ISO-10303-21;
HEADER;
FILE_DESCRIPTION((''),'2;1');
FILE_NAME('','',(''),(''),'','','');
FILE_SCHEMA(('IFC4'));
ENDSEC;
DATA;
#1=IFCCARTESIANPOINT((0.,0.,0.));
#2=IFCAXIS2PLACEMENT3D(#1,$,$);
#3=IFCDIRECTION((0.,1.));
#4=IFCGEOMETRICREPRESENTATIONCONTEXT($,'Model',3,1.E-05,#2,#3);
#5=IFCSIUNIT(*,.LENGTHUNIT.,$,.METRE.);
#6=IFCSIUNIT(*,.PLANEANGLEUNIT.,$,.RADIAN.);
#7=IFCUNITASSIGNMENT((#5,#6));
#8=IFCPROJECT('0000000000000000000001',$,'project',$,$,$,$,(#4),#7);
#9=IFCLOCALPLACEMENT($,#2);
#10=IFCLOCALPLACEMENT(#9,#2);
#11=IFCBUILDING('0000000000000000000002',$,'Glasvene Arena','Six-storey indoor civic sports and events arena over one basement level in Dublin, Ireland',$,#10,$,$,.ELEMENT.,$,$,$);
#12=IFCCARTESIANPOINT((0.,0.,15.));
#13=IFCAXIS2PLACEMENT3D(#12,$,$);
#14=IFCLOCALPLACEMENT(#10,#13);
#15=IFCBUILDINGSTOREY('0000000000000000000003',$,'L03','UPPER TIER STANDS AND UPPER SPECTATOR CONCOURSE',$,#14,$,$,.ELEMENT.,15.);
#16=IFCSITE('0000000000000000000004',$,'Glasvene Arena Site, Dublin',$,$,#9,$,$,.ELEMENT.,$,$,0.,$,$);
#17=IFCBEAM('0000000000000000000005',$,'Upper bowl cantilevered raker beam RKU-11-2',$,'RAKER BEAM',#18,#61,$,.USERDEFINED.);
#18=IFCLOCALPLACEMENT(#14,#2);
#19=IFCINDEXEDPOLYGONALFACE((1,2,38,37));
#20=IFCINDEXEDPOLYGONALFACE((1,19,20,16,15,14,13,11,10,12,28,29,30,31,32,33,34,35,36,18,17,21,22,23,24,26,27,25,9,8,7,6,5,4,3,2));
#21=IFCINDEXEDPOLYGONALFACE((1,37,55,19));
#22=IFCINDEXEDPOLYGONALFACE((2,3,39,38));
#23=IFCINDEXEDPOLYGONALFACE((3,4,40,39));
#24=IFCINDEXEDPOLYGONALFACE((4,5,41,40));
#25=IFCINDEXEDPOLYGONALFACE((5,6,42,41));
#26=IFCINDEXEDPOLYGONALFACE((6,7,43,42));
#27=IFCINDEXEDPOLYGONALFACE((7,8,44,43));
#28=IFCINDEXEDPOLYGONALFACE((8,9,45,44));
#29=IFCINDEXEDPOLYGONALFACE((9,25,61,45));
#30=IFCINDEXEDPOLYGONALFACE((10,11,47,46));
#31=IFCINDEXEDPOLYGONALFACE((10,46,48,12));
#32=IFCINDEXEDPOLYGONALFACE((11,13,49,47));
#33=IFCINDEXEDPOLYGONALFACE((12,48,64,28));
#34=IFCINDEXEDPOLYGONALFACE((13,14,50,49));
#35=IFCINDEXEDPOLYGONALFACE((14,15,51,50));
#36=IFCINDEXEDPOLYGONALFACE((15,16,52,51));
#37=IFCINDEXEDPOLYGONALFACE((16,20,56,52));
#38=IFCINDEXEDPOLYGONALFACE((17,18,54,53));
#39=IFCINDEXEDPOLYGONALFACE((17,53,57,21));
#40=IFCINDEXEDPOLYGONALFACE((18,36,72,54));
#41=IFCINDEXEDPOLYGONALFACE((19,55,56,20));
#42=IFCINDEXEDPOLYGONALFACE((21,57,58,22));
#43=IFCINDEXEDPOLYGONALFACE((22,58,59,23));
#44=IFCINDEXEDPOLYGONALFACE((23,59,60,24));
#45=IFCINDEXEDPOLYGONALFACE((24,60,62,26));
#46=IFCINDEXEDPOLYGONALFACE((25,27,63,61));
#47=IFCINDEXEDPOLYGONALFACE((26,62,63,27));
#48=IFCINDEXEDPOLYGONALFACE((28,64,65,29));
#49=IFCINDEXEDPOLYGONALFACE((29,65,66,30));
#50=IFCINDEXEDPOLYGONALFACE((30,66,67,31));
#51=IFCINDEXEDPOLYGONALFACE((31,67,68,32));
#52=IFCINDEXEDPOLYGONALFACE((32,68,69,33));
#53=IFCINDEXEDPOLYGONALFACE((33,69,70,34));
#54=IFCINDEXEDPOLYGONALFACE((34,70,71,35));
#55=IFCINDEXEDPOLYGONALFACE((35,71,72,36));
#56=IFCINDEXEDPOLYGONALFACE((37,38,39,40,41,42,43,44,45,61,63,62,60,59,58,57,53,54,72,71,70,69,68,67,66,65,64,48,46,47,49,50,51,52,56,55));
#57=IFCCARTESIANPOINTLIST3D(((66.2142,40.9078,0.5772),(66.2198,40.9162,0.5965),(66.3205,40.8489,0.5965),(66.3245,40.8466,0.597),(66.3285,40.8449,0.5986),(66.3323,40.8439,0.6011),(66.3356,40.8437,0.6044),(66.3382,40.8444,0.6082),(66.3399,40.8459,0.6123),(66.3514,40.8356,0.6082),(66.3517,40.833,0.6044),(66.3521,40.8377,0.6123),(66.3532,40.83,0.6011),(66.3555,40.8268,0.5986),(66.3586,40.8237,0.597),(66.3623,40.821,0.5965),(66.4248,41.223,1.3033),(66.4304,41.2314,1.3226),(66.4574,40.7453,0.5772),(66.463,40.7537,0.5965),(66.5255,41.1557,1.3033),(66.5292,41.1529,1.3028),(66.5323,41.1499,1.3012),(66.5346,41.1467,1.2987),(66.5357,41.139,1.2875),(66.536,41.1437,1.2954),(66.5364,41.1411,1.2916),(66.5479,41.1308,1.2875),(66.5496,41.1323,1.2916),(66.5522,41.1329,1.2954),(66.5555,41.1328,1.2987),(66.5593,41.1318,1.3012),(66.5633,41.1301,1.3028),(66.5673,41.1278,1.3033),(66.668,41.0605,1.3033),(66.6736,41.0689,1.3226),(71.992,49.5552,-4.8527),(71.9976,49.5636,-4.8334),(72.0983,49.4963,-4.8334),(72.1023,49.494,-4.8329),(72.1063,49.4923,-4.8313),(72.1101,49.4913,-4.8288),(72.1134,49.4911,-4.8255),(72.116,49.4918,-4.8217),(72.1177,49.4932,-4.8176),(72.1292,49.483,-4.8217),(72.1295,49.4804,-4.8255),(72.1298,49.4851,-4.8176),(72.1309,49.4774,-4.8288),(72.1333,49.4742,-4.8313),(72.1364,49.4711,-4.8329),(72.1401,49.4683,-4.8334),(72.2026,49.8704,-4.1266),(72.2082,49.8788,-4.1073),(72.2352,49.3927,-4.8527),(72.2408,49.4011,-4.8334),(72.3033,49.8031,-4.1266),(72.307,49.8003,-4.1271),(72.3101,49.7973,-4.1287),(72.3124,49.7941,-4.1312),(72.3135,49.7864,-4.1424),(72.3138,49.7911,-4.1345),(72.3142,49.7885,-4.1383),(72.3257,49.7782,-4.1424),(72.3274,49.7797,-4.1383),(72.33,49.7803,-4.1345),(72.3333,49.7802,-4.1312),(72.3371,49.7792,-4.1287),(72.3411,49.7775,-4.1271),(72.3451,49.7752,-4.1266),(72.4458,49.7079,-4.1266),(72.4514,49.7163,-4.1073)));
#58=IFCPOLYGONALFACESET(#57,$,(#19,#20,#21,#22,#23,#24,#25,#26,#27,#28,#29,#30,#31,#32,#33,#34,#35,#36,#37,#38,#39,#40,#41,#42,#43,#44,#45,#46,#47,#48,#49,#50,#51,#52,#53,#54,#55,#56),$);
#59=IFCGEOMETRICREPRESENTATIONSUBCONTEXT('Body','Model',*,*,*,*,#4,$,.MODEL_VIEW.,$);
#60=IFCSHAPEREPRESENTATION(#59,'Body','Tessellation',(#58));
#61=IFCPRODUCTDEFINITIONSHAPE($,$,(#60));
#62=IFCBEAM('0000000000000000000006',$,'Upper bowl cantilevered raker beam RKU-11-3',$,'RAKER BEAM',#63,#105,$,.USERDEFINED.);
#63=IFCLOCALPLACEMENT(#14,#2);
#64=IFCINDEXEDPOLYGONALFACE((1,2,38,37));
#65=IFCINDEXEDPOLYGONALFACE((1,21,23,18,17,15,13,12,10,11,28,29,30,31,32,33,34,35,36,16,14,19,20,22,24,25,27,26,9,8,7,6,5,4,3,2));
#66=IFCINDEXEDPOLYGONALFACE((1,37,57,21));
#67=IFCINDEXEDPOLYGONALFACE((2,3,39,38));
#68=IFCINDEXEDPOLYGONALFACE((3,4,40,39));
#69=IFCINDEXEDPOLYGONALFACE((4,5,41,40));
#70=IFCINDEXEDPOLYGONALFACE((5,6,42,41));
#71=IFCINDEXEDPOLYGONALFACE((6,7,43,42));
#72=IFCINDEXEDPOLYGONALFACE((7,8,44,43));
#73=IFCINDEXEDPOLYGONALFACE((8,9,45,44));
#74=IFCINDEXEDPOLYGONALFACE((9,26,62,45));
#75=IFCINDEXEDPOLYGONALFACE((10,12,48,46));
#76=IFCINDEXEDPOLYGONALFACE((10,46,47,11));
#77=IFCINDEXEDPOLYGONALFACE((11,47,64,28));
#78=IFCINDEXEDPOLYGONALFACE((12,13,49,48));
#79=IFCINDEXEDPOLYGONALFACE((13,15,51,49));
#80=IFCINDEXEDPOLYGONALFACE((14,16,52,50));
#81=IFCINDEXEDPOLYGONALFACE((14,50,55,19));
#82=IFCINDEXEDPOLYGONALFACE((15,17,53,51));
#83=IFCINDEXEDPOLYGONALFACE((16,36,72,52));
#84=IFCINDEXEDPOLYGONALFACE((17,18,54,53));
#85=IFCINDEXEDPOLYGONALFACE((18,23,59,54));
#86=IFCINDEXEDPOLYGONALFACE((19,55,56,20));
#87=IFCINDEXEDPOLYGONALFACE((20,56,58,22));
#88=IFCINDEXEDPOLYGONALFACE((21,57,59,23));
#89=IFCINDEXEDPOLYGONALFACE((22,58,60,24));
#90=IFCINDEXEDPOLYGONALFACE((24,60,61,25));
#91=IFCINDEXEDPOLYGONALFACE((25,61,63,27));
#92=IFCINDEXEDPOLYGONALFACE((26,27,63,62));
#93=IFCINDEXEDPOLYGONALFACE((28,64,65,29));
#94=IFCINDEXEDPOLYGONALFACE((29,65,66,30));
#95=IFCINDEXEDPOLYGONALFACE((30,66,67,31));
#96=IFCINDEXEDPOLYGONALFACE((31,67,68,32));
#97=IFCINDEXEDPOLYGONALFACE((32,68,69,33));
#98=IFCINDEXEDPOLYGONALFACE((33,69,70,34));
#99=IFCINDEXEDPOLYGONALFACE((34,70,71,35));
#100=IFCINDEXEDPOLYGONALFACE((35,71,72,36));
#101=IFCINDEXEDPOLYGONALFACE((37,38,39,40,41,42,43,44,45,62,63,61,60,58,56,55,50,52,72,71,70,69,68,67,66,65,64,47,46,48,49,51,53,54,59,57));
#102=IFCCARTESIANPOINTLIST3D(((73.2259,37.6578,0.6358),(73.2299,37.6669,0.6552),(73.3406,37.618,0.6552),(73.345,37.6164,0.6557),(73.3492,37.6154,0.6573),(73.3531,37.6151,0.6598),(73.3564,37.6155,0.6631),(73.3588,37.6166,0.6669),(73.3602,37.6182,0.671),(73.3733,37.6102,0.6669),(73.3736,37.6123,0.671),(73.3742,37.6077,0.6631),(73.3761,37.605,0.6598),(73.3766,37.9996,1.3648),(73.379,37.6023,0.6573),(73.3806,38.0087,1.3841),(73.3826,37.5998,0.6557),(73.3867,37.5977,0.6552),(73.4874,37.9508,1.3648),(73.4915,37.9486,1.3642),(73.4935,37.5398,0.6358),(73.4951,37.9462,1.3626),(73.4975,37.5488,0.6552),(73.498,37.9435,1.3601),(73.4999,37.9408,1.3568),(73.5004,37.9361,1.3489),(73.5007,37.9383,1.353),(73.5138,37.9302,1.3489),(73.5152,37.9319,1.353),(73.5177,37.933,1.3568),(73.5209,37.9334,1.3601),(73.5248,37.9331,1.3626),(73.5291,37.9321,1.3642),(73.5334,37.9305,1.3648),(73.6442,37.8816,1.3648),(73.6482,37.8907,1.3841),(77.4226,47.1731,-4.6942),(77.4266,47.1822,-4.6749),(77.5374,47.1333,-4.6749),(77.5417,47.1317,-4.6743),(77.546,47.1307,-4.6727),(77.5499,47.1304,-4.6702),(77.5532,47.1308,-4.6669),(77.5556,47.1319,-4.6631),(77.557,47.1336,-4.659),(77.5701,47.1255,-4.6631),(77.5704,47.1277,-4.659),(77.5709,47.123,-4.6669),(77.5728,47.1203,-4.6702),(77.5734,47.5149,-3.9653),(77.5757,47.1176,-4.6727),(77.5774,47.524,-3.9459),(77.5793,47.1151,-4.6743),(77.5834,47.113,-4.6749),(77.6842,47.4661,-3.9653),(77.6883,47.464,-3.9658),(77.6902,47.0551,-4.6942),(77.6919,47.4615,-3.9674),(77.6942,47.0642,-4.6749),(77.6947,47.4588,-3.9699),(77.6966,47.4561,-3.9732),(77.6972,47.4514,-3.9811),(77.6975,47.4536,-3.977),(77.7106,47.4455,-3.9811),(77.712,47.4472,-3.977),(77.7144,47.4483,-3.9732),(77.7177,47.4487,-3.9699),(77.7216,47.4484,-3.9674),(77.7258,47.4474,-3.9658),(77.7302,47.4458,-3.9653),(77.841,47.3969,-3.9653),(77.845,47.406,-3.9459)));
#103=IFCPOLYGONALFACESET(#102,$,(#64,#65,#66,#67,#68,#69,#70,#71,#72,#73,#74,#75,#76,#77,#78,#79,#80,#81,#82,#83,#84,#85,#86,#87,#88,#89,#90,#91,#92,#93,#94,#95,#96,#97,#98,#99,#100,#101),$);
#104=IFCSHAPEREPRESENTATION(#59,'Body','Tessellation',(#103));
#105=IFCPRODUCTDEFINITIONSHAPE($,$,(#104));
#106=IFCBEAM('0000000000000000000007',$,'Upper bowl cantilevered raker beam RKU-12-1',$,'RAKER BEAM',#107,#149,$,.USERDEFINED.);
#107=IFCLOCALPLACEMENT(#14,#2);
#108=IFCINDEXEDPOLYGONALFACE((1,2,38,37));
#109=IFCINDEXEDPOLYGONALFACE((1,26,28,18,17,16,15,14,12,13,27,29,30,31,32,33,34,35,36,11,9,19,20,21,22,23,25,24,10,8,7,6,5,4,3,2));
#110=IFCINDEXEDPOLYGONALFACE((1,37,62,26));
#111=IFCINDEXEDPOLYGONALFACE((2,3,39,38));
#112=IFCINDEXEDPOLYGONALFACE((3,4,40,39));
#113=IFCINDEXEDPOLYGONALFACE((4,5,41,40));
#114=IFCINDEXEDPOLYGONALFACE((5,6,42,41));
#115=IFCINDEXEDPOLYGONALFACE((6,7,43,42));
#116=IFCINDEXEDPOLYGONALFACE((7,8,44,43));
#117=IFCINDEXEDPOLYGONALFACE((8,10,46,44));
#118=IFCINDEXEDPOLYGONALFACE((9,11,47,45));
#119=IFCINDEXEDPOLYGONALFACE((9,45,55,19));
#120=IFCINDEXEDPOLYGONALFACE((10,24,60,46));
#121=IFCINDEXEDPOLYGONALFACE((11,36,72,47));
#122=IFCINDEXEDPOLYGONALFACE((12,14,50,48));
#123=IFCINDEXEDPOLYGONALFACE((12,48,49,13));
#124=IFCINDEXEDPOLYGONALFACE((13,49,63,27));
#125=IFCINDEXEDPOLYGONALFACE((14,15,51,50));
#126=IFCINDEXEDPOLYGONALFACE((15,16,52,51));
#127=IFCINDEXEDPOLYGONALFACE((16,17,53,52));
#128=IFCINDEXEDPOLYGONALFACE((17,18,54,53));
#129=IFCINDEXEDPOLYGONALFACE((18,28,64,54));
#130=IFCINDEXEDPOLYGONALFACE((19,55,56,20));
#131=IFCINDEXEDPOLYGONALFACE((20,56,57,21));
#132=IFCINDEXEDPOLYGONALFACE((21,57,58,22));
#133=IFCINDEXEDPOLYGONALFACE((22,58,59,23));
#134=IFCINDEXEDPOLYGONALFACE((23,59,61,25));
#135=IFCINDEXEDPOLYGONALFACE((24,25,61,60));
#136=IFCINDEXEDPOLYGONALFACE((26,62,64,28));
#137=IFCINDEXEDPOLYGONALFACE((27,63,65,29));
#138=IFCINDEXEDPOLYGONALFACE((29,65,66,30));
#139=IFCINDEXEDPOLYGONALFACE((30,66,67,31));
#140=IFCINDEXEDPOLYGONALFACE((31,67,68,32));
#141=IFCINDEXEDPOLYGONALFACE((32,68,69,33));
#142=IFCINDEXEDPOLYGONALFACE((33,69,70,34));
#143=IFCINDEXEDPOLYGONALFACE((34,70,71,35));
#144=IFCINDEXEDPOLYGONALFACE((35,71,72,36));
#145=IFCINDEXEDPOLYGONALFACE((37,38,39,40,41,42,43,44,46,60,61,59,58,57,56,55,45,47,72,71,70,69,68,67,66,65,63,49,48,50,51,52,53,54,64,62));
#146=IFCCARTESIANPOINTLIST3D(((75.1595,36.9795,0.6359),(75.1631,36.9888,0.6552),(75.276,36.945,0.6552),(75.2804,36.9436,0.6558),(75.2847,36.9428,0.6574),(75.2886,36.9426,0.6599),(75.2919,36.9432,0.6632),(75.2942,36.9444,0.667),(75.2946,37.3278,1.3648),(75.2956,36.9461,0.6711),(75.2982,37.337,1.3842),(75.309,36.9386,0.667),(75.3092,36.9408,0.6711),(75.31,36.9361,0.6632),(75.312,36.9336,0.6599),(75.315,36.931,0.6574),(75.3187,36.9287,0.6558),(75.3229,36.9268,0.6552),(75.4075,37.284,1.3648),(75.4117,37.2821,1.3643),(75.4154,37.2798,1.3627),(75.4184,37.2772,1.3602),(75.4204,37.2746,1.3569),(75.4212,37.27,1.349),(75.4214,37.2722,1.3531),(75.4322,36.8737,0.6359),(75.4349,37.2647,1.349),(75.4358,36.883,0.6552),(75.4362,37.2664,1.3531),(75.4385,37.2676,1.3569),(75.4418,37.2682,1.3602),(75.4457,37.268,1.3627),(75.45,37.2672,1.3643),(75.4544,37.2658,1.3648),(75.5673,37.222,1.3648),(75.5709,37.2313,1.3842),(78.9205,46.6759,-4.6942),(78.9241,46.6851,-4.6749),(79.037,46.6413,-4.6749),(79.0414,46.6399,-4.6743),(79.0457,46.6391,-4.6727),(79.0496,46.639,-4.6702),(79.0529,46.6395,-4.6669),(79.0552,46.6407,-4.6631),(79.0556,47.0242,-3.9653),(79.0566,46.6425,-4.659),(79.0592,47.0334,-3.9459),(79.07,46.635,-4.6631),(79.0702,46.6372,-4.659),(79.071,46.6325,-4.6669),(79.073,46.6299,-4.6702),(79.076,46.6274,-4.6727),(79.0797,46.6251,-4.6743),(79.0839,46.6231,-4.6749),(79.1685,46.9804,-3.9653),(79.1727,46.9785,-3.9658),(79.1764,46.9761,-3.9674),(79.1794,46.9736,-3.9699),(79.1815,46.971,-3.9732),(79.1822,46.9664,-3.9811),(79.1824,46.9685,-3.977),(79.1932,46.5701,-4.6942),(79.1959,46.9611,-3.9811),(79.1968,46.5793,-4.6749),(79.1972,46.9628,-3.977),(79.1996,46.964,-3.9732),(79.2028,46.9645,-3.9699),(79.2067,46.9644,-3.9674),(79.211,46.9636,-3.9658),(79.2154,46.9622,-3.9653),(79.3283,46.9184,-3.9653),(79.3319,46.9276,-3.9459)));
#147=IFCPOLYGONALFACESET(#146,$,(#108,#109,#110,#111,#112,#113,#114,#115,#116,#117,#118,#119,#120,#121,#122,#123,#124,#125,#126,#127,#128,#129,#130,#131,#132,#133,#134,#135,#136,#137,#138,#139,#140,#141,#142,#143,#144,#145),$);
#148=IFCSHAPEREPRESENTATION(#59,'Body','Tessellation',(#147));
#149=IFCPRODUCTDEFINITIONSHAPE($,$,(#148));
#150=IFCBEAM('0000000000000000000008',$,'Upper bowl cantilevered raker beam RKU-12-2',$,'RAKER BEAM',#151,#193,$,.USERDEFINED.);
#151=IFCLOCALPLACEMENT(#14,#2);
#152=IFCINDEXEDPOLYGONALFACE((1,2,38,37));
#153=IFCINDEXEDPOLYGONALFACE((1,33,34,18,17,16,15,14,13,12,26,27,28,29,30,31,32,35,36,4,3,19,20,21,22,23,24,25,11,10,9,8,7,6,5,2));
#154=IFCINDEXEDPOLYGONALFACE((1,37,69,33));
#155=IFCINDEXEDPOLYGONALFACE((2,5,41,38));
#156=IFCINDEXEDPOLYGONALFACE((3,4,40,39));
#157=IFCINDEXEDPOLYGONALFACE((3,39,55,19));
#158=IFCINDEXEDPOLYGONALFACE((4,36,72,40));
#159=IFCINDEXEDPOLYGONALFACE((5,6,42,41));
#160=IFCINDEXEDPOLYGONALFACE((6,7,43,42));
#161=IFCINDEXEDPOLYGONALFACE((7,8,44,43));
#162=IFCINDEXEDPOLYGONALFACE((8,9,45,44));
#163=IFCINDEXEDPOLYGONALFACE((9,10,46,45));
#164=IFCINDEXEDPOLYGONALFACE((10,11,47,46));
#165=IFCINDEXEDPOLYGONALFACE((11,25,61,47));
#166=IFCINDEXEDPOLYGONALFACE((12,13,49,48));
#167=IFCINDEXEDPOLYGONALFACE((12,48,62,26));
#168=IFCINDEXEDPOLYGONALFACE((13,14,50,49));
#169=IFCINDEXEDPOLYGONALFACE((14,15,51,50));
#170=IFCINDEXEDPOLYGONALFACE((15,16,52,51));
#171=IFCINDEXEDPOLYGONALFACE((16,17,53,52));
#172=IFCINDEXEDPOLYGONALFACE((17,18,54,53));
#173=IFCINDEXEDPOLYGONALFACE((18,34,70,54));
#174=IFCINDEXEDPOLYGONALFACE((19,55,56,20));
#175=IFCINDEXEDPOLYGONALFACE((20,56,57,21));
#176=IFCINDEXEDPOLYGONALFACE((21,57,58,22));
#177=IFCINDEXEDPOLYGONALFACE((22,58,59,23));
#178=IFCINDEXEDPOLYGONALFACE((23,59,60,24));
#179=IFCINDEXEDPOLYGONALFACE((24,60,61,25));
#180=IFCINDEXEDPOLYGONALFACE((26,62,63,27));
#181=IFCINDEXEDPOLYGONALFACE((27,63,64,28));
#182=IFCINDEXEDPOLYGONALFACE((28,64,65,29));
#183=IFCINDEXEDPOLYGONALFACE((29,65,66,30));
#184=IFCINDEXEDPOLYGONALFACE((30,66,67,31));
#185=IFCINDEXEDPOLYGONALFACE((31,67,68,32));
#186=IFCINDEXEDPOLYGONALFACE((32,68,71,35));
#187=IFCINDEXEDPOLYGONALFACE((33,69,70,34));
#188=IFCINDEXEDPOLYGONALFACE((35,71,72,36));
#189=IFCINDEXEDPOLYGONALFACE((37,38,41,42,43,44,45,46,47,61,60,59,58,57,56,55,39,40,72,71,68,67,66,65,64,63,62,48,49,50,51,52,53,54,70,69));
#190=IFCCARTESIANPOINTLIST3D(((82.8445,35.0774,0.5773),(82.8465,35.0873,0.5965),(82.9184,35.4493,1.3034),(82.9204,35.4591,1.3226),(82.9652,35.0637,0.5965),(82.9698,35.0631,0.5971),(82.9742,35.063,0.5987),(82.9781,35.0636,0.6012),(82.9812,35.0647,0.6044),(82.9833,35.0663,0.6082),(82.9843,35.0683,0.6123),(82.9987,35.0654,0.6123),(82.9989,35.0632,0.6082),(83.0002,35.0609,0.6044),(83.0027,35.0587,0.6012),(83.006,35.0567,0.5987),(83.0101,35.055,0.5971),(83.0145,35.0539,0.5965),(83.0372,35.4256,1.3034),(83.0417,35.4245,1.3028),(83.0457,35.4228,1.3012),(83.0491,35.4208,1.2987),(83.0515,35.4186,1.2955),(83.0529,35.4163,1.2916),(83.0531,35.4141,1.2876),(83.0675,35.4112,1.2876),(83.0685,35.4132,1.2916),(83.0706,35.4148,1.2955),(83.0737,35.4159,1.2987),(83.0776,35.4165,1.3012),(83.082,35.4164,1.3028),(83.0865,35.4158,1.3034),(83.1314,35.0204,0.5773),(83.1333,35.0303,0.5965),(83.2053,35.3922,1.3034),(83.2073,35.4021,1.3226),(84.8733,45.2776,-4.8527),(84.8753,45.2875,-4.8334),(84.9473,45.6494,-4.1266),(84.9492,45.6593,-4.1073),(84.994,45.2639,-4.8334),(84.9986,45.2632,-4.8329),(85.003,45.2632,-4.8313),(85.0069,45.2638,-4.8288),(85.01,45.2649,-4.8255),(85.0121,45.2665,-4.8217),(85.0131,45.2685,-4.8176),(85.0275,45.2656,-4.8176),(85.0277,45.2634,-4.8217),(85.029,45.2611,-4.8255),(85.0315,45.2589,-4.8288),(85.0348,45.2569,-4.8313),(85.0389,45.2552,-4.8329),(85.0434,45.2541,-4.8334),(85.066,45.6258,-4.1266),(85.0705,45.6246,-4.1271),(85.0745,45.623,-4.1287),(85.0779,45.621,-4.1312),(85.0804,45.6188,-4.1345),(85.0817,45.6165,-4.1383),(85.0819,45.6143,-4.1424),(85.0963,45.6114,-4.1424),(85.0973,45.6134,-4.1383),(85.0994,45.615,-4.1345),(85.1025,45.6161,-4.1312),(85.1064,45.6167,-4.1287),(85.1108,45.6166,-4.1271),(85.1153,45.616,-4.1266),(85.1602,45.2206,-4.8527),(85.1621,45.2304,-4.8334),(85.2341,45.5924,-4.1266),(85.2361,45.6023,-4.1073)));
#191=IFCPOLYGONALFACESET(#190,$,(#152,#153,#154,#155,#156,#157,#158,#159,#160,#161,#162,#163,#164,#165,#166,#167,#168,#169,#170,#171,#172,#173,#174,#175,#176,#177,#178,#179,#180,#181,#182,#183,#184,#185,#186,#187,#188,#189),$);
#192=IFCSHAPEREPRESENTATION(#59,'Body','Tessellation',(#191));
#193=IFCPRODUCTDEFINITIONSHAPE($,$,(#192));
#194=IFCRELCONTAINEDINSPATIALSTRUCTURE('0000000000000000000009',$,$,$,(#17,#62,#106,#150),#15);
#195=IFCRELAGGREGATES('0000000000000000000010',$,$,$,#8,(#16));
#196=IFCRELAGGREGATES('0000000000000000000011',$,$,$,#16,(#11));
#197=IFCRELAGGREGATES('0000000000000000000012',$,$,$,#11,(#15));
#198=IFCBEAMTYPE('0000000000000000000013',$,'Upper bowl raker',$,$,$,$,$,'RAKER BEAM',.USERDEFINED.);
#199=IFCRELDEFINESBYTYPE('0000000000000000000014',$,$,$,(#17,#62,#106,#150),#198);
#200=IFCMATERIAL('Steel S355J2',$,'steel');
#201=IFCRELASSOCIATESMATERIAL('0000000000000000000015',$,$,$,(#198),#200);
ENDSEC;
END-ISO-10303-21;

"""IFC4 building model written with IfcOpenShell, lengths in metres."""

from ifc_helpers import new_model, si_unit, direction, frame, origin, origin_2d, place, context, subcontext, project, spatial, i_section, extrude, material, material_profile, profile_set, type_object, element, save


model = new_model("IFC4")

# Units and contexts
model_context = context("Model", 3, precision=1e-05, world=origin(), true_north=direction((0.0, 1.0)))
body_context = subcontext(model_context, "Body", "Model", "MODEL_VIEW")
ifc_project = project(units=[si_unit("LENGTHUNIT", "METRE"), si_unit("PLANEANGLEUNIT", "RADIAN")], contexts=[model_context])

# Site, building, storey
site_placement = place(None, origin())
site = spatial("IfcSite", under=ifc_project, at=site_placement, Name="Glasvene Arena Site, Dublin", CompositionType="ELEMENT", RefElevation=0.0)
building_placement = place(site_placement, origin())
building = spatial("IfcBuilding", under=site, at=building_placement, Name="Glasvene Arena", Description="Six-storey indoor civic sports and events arena over one basement level in Dublin, Ireland", CompositionType="ELEMENT")
storey_placement = place(building_placement, frame((0.0, 0.0, 15.0)))
storey = spatial("IfcBuildingStorey", under=building, at=storey_placement, Name="L03", Description="UPPER TIER STANDS AND UPPER SPECTATOR CONCOURSE", CompositionType="ELEMENT", Elevation=15.0)

# Beams
ifc_material_1 = material(Name="Steel S355J2", Category="steel")
ifc_material_profile_1 = material_profile(ifc_material_1, i_section(OverallWidth=0.2925, OverallDepth=0.8408, WebThickness=0.0146, FlangeThickness=0.0217, FilletRadius=0.0178, at=origin_2d()), Name="UKB 838x292x194")
ifc_profile_set_1 = profile_set([ifc_material_profile_1], Name="Steel S355J2")
beam_type_1 = type_object("IfcBeamType", Name="Upper bowl raker", ElementType="RAKER BEAM", PredefinedType="USERDEFINED", material=ifc_profile_set_1)
beam_1_placement = place(storey_placement, frame((72.2217, 49.6357, -4.48), z_axis=(-0.492474, -0.737067, 0.46282), x_axis=(0.831479, -0.555556, 0.0)))
element("IfcBeam", 1, at=beam_1_placement, inside=storey, type_object=beam_type_1, Name="Upper bowl cantilevered raker beam RKU-11-2", ObjectType="RAKER BEAM", PredefinedType="USERDEFINED", context=body_context, shape_type="SweptSolid", body=[
    extrude(i_section(OverallWidth=0.2925, OverallDepth=0.8408, WebThickness=0.0146, FlangeThickness=0.0217, FilletRadius=0.0178, at=origin_2d()), origin(), (0.0, 0.0, 1.0), 11.7322),
])
beam_2_placement = place(storey_placement, frame((77.6338, 47.2896, -4.3201), z_axis=(-0.359125, -0.814247, 0.456104), x_axis=(0.91496, -0.403545, 0.0)))
element("IfcBeam", 2, at=beam_2_placement, inside=storey, type_object=beam_type_1, Name="Upper bowl cantilevered raker beam RKU-11-3", ObjectType="RAKER BEAM", PredefinedType="USERDEFINED", context=body_context, shape_type="SweptSolid", body=[
    extrude(i_section(OverallWidth=0.2925, OverallDepth=0.8408, WebThickness=0.0146, FlangeThickness=0.0217, FilletRadius=0.0178, at=origin_2d()), origin(), (0.0, 0.0, 1.0), 11.686),
])
beam_3_placement = place(storey_placement, frame((79.1262, 46.8018, -4.3201), z_axis=(-0.321825, -0.829705, 0.456091), x_axis=(0.932322, -0.361628, 0.0)))
element("IfcBeam", 3, at=beam_3_placement, inside=storey, type_object=beam_type_1, Name="Upper bowl cantilevered raker beam RKU-12-1", ObjectType="RAKER BEAM", PredefinedType="USERDEFINED", context=body_context, shape_type="SweptSolid", body=[
    extrude(i_section(OverallWidth=0.2925, OverallDepth=0.8408, WebThickness=0.0146, FlangeThickness=0.0217, FilletRadius=0.0178, at=origin_2d()), origin(), (0.0, 0.0, 1.0), 11.6865),
])
beam_4_placement = place(storey_placement, frame((85.0547, 45.4399, -4.48), z_axis=(-0.172927, -0.86942, 0.462823), x_axis=(0.980788, -0.195078, 0.0)))
element("IfcBeam", 4, at=beam_4_placement, inside=storey, type_object=beam_type_1, Name="Upper bowl cantilevered raker beam RKU-12-2", ObjectType="RAKER BEAM", PredefinedType="USERDEFINED", context=body_context, shape_type="SweptSolid", body=[
    extrude(i_section(OverallWidth=0.2925, OverallDepth=0.8408, WebThickness=0.0146, FlangeThickness=0.0217, FilletRadius=0.0178, at=origin_2d()), origin(), (0.0, 0.0, 1.0), 11.7322),
])

save(model, "model.ifc")
